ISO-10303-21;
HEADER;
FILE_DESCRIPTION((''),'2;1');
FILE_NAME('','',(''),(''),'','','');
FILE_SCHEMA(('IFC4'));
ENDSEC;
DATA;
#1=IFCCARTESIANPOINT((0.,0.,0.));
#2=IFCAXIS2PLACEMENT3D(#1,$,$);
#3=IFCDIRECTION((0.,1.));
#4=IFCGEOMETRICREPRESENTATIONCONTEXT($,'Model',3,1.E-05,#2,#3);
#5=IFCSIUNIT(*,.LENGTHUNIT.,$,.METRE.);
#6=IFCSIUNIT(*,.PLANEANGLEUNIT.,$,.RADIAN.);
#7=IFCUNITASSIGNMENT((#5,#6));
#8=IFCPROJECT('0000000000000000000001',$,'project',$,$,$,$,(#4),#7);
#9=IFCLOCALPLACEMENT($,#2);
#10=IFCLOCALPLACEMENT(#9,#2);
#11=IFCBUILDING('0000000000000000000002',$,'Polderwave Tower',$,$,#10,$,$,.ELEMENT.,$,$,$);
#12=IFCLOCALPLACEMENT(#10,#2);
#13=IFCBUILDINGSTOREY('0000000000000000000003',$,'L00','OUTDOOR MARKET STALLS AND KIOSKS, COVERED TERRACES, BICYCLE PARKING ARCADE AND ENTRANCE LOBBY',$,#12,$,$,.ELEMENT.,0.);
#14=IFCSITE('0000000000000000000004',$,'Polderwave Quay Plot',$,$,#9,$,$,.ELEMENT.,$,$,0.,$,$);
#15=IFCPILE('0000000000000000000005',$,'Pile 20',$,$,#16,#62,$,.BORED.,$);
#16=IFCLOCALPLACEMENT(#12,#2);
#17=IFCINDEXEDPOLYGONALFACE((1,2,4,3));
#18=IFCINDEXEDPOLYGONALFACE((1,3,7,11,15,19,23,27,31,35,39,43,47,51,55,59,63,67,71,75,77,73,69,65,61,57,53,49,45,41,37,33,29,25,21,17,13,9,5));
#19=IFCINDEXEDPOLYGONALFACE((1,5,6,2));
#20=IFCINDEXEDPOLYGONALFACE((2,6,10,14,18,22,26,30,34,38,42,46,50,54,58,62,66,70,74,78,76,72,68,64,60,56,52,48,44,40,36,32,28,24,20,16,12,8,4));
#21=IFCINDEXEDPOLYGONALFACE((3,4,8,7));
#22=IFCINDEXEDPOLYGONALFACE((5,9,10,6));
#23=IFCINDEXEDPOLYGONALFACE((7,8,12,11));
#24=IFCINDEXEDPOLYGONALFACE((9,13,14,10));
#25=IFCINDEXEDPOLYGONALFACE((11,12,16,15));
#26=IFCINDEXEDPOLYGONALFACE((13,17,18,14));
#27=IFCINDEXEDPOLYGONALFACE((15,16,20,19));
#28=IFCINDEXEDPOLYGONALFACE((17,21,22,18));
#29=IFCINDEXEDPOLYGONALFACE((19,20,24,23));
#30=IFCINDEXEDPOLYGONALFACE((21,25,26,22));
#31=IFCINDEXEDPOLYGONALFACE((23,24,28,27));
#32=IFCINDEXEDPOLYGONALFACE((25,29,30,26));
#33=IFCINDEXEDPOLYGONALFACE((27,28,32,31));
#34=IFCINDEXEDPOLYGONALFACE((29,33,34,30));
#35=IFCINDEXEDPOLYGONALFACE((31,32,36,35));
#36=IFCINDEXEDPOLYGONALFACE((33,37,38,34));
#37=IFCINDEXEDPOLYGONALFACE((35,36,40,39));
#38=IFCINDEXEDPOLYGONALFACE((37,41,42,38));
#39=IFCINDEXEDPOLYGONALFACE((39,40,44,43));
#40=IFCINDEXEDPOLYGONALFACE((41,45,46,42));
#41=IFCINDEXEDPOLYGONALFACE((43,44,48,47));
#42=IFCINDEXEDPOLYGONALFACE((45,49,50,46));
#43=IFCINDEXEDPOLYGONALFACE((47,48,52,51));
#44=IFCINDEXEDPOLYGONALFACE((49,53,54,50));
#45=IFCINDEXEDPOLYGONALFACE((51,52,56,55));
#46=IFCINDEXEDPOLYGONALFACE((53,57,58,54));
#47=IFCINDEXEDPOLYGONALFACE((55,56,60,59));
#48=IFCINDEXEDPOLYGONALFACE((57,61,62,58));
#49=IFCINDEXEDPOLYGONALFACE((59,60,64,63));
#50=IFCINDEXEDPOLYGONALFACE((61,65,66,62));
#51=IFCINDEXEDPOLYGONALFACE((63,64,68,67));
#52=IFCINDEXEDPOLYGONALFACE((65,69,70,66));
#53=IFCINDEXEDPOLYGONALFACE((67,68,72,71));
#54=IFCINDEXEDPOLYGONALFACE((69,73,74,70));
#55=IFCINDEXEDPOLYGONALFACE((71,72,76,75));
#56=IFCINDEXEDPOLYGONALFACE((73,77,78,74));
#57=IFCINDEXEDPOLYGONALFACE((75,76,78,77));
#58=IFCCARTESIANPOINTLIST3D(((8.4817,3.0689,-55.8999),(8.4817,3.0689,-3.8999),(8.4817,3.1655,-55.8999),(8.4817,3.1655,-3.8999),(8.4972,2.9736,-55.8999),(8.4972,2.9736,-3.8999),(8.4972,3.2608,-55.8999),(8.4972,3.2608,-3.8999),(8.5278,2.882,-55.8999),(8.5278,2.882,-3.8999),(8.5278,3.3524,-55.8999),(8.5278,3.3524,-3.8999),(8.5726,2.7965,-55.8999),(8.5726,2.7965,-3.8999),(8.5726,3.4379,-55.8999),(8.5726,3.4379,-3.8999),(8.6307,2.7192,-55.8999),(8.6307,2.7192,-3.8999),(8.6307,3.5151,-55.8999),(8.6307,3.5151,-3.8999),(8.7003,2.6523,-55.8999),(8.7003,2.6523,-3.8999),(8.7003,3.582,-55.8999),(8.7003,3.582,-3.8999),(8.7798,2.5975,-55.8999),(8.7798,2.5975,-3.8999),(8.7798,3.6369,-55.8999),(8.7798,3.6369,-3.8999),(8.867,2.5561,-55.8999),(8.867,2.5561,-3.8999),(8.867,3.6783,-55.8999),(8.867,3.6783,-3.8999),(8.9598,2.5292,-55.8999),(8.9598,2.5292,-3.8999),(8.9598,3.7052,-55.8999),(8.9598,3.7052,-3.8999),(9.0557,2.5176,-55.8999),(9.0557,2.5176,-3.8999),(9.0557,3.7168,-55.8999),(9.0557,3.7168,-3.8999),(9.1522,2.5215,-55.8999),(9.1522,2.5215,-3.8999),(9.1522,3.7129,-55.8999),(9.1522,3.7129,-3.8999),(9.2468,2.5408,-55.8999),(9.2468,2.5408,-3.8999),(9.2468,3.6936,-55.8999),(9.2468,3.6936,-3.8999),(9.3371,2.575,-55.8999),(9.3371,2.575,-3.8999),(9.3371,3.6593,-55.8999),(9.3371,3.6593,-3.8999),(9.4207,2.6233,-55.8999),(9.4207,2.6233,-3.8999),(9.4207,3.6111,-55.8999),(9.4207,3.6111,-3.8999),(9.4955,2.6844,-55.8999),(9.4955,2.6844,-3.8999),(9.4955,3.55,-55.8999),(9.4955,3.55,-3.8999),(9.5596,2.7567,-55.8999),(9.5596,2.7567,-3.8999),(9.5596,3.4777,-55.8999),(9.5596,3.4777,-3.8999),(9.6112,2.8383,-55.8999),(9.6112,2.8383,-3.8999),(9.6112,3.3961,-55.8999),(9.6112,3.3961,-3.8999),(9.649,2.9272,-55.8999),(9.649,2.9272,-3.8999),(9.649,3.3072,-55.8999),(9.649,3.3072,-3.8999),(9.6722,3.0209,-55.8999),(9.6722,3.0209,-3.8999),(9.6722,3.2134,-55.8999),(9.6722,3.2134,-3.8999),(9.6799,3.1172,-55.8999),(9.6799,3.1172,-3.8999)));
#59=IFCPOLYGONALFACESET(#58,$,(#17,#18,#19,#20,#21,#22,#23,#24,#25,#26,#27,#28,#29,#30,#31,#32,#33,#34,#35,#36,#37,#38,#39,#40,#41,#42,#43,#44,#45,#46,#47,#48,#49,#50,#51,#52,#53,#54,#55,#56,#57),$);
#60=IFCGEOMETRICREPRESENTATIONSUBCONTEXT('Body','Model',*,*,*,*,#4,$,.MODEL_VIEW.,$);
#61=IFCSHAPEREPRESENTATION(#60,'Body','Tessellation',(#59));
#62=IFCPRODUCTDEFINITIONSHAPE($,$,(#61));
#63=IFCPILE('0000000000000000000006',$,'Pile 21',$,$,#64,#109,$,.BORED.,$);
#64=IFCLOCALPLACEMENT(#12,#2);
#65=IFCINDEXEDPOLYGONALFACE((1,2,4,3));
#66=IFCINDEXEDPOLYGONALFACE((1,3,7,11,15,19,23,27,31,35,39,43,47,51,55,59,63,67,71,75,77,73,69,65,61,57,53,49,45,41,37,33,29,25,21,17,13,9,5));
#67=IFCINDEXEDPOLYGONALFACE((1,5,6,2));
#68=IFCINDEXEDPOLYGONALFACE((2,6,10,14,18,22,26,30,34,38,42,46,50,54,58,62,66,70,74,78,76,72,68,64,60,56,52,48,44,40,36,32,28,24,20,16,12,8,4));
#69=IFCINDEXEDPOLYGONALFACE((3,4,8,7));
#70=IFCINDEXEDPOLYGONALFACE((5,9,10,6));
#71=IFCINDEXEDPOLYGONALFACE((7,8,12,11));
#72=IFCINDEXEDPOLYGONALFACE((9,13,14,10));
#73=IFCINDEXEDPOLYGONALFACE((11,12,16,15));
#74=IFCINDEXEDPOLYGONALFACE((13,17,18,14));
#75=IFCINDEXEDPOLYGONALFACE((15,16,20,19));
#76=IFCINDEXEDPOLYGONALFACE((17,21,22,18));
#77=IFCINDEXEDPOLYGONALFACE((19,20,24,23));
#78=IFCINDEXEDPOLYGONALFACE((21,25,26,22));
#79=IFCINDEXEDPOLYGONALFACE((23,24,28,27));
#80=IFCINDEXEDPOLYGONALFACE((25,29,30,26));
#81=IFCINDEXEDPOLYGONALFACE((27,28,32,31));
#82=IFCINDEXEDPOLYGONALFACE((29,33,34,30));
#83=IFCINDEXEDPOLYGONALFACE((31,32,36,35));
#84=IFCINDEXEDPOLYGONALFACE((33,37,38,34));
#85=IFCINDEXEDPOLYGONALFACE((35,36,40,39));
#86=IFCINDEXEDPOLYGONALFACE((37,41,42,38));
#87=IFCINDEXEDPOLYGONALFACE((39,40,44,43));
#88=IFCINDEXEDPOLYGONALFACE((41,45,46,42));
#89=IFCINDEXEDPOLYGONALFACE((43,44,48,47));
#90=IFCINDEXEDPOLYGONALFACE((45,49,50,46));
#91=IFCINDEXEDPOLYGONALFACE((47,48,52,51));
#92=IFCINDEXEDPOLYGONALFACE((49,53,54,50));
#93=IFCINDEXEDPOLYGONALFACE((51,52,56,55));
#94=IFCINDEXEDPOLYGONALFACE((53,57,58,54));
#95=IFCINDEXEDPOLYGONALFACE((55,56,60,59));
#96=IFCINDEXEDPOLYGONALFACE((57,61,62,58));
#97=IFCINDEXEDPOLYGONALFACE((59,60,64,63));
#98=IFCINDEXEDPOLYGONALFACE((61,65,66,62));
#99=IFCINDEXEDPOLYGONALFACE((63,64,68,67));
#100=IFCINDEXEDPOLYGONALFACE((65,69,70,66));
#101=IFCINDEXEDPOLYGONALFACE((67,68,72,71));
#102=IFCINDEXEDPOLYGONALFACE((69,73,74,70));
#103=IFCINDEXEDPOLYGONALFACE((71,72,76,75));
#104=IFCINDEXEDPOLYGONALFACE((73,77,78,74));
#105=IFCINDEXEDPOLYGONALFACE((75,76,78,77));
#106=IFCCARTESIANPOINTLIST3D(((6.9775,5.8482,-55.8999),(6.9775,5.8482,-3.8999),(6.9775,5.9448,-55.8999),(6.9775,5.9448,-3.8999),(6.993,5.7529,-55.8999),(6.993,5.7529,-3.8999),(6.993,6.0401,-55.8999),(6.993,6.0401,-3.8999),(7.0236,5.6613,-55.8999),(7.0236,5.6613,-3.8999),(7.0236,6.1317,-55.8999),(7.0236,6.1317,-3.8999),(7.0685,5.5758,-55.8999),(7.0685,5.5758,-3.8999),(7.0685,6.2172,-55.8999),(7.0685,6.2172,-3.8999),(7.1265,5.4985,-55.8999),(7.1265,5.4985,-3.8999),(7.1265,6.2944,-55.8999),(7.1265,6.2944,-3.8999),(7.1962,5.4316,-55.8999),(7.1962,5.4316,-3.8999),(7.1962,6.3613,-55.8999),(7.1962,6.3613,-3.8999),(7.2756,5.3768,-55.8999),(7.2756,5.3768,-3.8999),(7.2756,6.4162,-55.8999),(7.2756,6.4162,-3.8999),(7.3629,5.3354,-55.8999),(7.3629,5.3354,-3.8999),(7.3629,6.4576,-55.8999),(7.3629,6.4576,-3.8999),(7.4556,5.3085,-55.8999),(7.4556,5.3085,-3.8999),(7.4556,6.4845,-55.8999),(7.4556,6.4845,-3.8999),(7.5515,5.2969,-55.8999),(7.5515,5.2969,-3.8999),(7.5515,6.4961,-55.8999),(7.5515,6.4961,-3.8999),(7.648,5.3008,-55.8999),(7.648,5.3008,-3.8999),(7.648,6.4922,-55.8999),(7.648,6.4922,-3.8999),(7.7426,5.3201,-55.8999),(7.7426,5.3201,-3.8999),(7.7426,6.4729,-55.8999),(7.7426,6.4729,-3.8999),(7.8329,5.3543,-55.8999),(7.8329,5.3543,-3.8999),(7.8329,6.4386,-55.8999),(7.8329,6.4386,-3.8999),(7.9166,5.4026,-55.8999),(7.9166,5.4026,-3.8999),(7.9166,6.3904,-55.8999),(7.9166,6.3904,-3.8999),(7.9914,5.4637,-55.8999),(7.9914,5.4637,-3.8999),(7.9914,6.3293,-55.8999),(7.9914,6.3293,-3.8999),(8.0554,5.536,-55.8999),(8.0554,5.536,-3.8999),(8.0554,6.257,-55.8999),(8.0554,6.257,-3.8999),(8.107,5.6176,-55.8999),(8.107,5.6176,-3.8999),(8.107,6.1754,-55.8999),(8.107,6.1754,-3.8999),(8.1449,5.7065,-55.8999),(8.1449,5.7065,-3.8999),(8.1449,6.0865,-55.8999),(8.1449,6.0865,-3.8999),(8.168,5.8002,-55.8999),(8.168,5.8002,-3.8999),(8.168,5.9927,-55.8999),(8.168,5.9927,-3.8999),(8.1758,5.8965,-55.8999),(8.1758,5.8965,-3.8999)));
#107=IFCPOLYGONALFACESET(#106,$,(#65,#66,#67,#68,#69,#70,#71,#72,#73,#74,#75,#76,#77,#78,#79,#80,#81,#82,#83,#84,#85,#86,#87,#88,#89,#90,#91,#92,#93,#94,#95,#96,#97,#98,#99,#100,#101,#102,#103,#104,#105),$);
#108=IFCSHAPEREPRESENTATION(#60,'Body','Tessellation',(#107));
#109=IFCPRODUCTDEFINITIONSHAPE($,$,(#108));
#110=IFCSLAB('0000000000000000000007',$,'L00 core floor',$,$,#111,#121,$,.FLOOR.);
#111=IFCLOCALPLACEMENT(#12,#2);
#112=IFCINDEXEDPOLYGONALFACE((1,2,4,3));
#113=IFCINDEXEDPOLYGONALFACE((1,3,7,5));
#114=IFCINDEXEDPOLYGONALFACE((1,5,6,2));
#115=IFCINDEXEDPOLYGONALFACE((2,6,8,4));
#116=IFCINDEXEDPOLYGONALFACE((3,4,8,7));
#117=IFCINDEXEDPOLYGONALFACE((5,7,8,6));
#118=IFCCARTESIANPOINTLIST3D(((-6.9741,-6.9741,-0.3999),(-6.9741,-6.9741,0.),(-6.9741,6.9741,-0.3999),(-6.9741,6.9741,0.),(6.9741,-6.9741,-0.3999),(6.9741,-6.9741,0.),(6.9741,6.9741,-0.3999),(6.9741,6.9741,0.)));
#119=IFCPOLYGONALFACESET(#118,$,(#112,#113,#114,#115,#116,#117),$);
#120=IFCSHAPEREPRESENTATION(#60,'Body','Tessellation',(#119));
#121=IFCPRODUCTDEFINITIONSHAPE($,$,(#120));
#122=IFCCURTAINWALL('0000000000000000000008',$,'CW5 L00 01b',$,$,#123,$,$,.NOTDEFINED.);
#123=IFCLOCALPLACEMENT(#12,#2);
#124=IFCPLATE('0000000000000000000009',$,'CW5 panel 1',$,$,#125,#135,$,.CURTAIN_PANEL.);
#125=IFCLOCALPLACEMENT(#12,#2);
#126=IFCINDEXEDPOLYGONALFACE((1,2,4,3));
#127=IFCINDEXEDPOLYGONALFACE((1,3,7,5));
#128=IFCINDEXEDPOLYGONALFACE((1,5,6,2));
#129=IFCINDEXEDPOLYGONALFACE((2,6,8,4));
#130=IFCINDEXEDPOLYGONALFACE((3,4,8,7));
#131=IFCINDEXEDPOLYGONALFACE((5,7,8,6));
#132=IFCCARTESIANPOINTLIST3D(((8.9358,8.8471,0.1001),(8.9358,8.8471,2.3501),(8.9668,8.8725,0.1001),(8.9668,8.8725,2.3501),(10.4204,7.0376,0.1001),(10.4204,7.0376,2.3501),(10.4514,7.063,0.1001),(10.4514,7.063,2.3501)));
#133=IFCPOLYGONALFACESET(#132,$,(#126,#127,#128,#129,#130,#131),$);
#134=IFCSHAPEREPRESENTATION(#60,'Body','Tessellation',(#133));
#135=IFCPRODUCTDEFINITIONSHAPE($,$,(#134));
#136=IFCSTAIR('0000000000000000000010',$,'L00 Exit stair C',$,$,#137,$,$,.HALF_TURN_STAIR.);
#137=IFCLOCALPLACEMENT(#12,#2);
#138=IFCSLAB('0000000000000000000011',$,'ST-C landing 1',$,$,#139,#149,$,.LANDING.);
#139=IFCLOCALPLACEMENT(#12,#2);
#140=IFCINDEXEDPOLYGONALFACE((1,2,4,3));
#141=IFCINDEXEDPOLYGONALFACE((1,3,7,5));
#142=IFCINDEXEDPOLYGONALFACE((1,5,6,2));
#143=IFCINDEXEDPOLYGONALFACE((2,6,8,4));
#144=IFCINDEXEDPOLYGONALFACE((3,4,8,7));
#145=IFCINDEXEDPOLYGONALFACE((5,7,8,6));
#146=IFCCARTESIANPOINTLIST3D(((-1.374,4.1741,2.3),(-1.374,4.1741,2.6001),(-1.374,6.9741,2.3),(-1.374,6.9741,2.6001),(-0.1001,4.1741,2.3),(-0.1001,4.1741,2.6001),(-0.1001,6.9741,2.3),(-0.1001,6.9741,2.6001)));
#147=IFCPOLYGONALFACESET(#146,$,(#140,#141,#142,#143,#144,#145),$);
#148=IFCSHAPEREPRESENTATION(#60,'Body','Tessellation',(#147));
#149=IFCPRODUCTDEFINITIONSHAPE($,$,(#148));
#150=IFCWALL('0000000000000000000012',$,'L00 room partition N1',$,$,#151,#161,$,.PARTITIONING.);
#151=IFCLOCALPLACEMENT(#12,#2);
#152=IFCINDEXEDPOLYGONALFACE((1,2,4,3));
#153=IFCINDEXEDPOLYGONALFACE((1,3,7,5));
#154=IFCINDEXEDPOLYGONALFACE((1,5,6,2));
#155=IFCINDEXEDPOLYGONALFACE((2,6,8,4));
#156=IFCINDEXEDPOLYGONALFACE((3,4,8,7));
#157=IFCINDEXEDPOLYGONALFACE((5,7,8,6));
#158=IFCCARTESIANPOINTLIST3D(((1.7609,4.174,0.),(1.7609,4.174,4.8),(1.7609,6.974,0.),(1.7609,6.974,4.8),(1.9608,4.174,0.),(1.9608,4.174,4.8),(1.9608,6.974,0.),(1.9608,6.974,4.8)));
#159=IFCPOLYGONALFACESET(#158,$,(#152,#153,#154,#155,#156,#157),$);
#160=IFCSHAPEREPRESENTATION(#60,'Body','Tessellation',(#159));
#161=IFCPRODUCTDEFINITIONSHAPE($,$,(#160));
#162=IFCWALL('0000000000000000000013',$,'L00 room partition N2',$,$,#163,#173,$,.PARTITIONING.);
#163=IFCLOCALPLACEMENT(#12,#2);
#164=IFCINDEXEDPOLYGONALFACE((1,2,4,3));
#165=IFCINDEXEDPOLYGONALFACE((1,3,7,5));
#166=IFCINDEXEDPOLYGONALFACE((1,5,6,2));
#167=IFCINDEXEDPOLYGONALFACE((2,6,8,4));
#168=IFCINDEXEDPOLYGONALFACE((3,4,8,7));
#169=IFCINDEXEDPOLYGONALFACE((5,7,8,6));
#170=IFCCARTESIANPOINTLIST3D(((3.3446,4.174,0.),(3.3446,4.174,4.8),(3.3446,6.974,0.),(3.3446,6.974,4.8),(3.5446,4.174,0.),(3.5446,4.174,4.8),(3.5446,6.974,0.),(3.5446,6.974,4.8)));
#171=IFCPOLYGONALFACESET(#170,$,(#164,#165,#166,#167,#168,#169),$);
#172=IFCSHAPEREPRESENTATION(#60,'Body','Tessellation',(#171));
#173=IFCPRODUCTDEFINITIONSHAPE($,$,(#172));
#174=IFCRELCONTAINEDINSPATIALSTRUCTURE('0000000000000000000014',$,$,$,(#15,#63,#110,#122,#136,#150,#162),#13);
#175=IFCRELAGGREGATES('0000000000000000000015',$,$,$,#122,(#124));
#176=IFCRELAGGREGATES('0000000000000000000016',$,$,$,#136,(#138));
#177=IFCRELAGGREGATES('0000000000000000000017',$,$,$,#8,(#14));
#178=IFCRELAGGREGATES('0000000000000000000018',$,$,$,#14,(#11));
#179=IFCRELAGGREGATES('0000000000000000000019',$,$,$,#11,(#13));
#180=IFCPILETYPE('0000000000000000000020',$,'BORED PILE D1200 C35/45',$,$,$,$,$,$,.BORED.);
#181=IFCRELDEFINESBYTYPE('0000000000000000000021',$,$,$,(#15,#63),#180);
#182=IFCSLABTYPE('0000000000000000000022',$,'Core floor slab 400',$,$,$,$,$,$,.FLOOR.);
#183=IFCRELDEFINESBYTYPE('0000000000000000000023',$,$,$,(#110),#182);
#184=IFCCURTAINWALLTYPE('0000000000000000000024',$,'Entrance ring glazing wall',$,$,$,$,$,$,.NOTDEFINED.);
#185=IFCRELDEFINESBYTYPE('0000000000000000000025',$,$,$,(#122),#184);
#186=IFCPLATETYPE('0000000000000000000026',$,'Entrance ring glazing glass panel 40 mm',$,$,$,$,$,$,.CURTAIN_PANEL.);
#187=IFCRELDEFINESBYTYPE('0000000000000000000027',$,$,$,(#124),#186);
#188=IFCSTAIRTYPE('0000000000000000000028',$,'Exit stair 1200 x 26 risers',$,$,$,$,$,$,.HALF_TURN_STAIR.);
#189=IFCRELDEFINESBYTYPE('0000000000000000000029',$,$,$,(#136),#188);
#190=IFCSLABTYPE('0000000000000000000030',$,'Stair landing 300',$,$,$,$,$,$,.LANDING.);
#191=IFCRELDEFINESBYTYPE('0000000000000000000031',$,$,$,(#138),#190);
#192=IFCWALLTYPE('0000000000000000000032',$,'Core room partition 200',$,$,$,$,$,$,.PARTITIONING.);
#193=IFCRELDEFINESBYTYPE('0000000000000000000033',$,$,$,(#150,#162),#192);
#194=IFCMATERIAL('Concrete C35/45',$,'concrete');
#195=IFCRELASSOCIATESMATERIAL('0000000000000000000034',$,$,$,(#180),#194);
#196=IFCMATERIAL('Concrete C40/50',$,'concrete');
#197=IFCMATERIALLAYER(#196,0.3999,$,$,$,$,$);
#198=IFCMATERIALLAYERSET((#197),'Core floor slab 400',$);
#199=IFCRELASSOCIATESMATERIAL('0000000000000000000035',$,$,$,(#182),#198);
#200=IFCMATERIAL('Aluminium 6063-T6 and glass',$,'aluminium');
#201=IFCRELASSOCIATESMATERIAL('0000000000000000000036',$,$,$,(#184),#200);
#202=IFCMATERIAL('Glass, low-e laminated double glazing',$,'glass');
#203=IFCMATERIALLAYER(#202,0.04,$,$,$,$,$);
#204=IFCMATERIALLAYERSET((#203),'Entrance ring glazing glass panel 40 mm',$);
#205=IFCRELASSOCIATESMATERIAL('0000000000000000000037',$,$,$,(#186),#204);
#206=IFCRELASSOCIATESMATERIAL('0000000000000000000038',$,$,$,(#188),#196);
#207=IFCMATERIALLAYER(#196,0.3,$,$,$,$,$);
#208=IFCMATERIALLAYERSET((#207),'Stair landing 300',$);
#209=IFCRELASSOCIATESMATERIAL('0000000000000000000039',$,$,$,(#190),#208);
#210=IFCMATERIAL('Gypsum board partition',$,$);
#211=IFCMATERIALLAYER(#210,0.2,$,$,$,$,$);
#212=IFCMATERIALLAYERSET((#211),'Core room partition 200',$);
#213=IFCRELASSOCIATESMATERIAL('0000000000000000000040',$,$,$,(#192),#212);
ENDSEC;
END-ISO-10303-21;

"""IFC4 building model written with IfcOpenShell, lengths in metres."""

from ifc_helpers import new_model, si_unit, direction, frame, frame_2d, origin, origin_2d, place, context, subcontext, project, spatial, polyline, rectangle, circle, outline, extrude, material, layer, layer_set, material_profile, profile_set, type_object, element, aggregate, save


model = new_model("IFC4")

# Units and contexts
model_context = context("Model", 3, precision=1e-05, world=origin(), true_north=direction((0.0, 1.0)))
body_context = subcontext(model_context, "Body", "Model", "MODEL_VIEW")
ifc_project = project(units=[si_unit("LENGTHUNIT", "METRE"), si_unit("PLANEANGLEUNIT", "RADIAN")], contexts=[model_context])

# Site, building, storey
site_placement = place(None, origin())
site = spatial("IfcSite", under=ifc_project, at=site_placement, Name="Polderwave Quay Plot", CompositionType="ELEMENT", RefElevation=0.0)
building_placement = place(site_placement, origin())
building = spatial("IfcBuilding", under=site, at=building_placement, Name="Polderwave Tower", CompositionType="ELEMENT")
storey_placement = place(building_placement, origin())
storey = spatial("IfcBuildingStorey", under=building, at=storey_placement, Name="L00", Description="OUTDOOR MARKET STALLS AND KIOSKS, COVERED TERRACES, BICYCLE PARKING ARCADE AND ENTRANCE LOBBY", CompositionType="ELEMENT", Elevation=0.0)

# Piles
ifc_material_1 = material(Name="Concrete C35/45", Category="concrete")
ifc_material_profile = material_profile(ifc_material_1, circle(Radius=0.6001, at=origin_2d()), Name="BORED D1200")
ifc_profile_set = profile_set([ifc_material_profile], Name="Concrete C35/45")
pile_type = type_object("IfcPileType", Name="BORED PILE D1200 C35/45", PredefinedType="BORED", material=ifc_profile_set)
for number, where, z_axis, x_axis, name in (
    (1, (9.0798, 3.1172, -3.8999), (0.0, 0.0, -1.0), (1.0, 0.0, 0.0), "Pile 20"),
    (2, (7.5757, 5.8965, -3.8999), (0.0, 0.0, -1.0), (1.0, 0.0, 0.0), "Pile 21"),
):
    element("IfcPile", number, at=place(storey_placement, frame(where, z_axis=z_axis, x_axis=x_axis)), inside=storey, type_object=pile_type, Name=name, PredefinedType="BORED", context=body_context, shape_type="SweptSolid", body=[
        extrude(circle(Radius=0.6001, at=origin_2d()), origin(), (0.0, 0.0, 1.0), 52.0),
    ])

# Slab
ifc_material_2 = material(Name="Concrete C40/50", Category="concrete")
ifc_layer_1 = layer(ifc_material_2, 0.3999)
ifc_layer_set_1 = layer_set([ifc_layer_1], Name="Core floor slab 400")
slab_type_1 = type_object("IfcSlabType", Name="Core floor slab 400", PredefinedType="FLOOR", material=ifc_layer_set_1)
slab_1_placement = place(storey_placement, frame((0.0, 0.0, -0.3999)))
element("IfcSlab", 3, at=slab_1_placement, inside=storey, type_object=slab_type_1, Name="L00 core floor", PredefinedType="FLOOR", context=body_context, shape_type="SweptSolid", body=[
    extrude(outline(polyline([(-6.9741, -6.9741), (6.9741, -6.9741), (6.9741, 6.9741), (-6.9741, 6.9741), (-6.9741, -6.9741)])), origin(), (0.0, 0.0, 1.0), 0.3999),
])

# Curtain wall, plate
ifc_material_3 = material(Name="Aluminium 6063-T6 and glass", Category="aluminium")
curtain_wall_type = type_object("IfcCurtainWallType", Name="Entrance ring glazing wall", PredefinedType="NOTDEFINED", material=ifc_material_3)
curtain_wall_placement = place(storey_placement, origin())
curtain_wall = element("IfcCurtainWall", 4, at=curtain_wall_placement, inside=storey, type_object=curtain_wall_type, Name="CW5 L00 01b", PredefinedType="NOTDEFINED")
ifc_material_4 = material(Name="Glass, low-e laminated double glazing", Category="glass")
ifc_layer_2 = layer(ifc_material_4, 0.04)
ifc_layer_set_2 = layer_set([ifc_layer_2], Name="Entrance ring glazing glass panel 40 mm")
plate_type = type_object("IfcPlateType", Name="Entrance ring glazing glass panel 40 mm", PredefinedType="CURTAIN_PANEL", material=ifc_layer_set_2)
plate_placement = place(storey_placement, frame((9.6936, 7.9551, 0.1001), z_axis=(0.0, 0.0, 1.0), x_axis=(-0.634273, 0.773109, 0.0)))
plate = element("IfcPlate", 5, at=plate_placement, type_object=plate_type, Name="CW5 panel 1", PredefinedType="CURTAIN_PANEL", context=body_context, shape_type="SweptSolid", body=[
    extrude(rectangle(XDim=2.3406, YDim=0.04, at=origin_2d()), origin(), (0.0, 0.0, 1.0), 2.25),
])
aggregate(curtain_wall, [plate])

# Stair, slab
stair_type = type_object("IfcStairType", Name="Exit stair 1200 x 26 risers", PredefinedType="HALF_TURN_STAIR", material=ifc_material_2)
stair_1_placement = place(storey_placement, origin())
stair_1 = element("IfcStair", 6, at=stair_1_placement, inside=storey, type_object=stair_type, Name="L00 Exit stair C", PredefinedType="HALF_TURN_STAIR")
ifc_layer_3 = layer(ifc_material_2, 0.3)
ifc_layer_set_3 = layer_set([ifc_layer_3], Name="Stair landing 300")
slab_type_2 = type_object("IfcSlabType", Name="Stair landing 300", PredefinedType="LANDING", material=ifc_layer_set_3)
slab_2_placement = place(storey_placement, frame((0.0, 0.0, 2.3)))
slab_2 = element("IfcSlab", 7, at=slab_2_placement, type_object=slab_type_2, Name="ST-C landing 1", PredefinedType="LANDING", context=body_context, shape_type="SweptSolid", body=[
    extrude(outline(polyline([(-1.374, 4.1741), (-0.1001, 4.1741), (-0.1001, 6.9741), (-1.374, 6.9741), (-1.374, 4.1741)])), origin(), (0.0, 0.0, 1.0), 0.3),
])
aggregate(stair_1, [slab_2])

# Walls
ifc_material_5 = material(Name="Gypsum board partition")
ifc_layer_4 = layer(ifc_material_5, 0.2)
ifc_layer_set_4 = layer_set([ifc_layer_4], Name="Core room partition 200")
wall_type_1 = type_object("IfcWallType", Name="Core room partition 200", PredefinedType="PARTITIONING", material=ifc_layer_set_4)
for number, where, z_axis, x_axis, name in (
    (8, (1.8608, 4.1741, 0.0), (0.0, 0.0, 1.0), (0.0, 1.0, 0.0), "L00 room partition N1"),
    (9, (3.4446, 4.1741, 0.0), (0.0, 0.0, 1.0), (0.0, 1.0, 0.0), "L00 room partition N2"),
):
    element("IfcWall", number, at=place(storey_placement, frame(where, z_axis=z_axis, x_axis=x_axis)), inside=storey, type_object=wall_type_1, Name=name, PredefinedType="PARTITIONING", context=body_context, shape_type="SweptSolid", body=[
        extrude(rectangle(XDim=2.8, YDim=0.2, at=frame_2d((1.3999, 0.0))), origin(), (0.0, 0.0, 1.0), 4.8),
    ])

save(model, "model.ifc")
